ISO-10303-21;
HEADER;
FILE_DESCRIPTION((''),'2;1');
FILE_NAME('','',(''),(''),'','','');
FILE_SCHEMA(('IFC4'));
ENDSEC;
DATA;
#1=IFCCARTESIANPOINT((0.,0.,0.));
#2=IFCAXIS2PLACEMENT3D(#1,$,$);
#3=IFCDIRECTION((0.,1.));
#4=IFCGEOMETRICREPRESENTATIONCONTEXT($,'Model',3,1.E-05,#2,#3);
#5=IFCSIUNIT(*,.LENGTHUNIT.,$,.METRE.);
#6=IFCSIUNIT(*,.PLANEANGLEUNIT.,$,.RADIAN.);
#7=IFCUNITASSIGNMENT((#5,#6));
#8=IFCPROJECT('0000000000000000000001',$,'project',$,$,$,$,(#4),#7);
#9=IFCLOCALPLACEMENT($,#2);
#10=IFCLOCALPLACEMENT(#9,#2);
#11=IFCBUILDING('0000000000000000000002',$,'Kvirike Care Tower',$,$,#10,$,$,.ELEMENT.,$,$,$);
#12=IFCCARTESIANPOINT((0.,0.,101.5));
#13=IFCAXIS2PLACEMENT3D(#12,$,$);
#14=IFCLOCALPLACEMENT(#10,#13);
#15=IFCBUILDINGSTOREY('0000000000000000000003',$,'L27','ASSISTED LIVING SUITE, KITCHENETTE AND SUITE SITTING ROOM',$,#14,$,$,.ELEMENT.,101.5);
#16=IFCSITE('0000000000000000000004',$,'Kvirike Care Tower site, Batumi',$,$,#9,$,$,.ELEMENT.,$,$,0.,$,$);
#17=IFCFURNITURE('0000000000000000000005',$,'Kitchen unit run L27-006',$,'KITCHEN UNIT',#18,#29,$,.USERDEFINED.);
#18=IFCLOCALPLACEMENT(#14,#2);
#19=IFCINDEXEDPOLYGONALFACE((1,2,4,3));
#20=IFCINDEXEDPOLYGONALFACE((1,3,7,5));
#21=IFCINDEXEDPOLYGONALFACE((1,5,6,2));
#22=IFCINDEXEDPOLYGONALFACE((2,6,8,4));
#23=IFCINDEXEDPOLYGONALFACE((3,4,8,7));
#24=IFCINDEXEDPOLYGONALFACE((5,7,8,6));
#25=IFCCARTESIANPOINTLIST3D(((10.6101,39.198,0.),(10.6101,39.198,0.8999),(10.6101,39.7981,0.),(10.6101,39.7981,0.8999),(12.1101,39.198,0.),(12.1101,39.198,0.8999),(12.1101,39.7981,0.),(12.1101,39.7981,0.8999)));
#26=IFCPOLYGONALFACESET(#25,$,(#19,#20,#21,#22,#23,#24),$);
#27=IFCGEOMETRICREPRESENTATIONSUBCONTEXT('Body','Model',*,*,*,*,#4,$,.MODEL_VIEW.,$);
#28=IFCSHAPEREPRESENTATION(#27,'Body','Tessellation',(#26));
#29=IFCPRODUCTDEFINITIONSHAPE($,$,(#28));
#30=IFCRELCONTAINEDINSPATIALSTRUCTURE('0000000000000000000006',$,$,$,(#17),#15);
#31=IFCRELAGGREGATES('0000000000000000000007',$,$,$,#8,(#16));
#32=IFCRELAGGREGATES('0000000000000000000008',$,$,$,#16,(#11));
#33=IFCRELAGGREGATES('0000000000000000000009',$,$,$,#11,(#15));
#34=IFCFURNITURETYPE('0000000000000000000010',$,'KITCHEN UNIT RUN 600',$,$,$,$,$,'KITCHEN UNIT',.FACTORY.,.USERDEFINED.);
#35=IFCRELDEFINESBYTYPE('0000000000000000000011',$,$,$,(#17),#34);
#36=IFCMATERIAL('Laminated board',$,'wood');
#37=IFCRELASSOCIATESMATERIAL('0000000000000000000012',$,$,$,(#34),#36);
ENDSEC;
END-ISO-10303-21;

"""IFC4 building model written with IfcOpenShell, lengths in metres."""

from ifc_helpers import new_model, si_unit, direction, frame, origin, origin_2d, place, context, subcontext, project, spatial, rectangle, extrude, material, type_object, element, save


model = new_model("IFC4")

# Units and contexts
model_context = context("Model", 3, precision=1e-05, world=origin(), true_north=direction((0.0, 1.0)))
body_context = subcontext(model_context, "Body", "Model", "MODEL_VIEW")
ifc_project = project(units=[si_unit("LENGTHUNIT", "METRE"), si_unit("PLANEANGLEUNIT", "RADIAN")], contexts=[model_context])

# Site, building, storey
site_placement = place(None, origin())
site = spatial("IfcSite", under=ifc_project, at=site_placement, Name="Kvirike Care Tower site, Batumi", CompositionType="ELEMENT", RefElevation=0.0)
building_placement = place(site_placement, origin())
building = spatial("IfcBuilding", under=site, at=building_placement, Name="Kvirike Care Tower", CompositionType="ELEMENT")
storey_placement = place(building_placement, frame((0.0, 0.0, 101.5)))
storey = spatial("IfcBuildingStorey", under=building, at=storey_placement, Name="L27", Description="ASSISTED LIVING SUITE, KITCHENETTE AND SUITE SITTING ROOM", CompositionType="ELEMENT", Elevation=101.5)

# Furniture
ifc_material_1 = material(Name="Laminated board", Category="wood")
furniture_type = type_object("IfcFurnitureType", Name="KITCHEN UNIT RUN 600", ElementType="KITCHEN UNIT", AssemblyPlace="FACTORY", PredefinedType="USERDEFINED", material=ifc_material_1)
furniture_placement = place(storey_placement, frame((11.3601, 39.498, 0.0), z_axis=(0.0, 0.0, 1.0), x_axis=(1.0, 0.0, 0.0)))
element("IfcFurniture", 1, at=furniture_placement, inside=storey, type_object=furniture_type, Name="Kitchen unit run L27-006", ObjectType="KITCHEN UNIT", PredefinedType="USERDEFINED", context=body_context, shape_type="SweptSolid", body=[
    extrude(rectangle(XDim=1.5, YDim=0.6001, at=origin_2d()), origin(), (0.0, 0.0, 1.0), 0.8999),
])

save(model, "model.ifc")
